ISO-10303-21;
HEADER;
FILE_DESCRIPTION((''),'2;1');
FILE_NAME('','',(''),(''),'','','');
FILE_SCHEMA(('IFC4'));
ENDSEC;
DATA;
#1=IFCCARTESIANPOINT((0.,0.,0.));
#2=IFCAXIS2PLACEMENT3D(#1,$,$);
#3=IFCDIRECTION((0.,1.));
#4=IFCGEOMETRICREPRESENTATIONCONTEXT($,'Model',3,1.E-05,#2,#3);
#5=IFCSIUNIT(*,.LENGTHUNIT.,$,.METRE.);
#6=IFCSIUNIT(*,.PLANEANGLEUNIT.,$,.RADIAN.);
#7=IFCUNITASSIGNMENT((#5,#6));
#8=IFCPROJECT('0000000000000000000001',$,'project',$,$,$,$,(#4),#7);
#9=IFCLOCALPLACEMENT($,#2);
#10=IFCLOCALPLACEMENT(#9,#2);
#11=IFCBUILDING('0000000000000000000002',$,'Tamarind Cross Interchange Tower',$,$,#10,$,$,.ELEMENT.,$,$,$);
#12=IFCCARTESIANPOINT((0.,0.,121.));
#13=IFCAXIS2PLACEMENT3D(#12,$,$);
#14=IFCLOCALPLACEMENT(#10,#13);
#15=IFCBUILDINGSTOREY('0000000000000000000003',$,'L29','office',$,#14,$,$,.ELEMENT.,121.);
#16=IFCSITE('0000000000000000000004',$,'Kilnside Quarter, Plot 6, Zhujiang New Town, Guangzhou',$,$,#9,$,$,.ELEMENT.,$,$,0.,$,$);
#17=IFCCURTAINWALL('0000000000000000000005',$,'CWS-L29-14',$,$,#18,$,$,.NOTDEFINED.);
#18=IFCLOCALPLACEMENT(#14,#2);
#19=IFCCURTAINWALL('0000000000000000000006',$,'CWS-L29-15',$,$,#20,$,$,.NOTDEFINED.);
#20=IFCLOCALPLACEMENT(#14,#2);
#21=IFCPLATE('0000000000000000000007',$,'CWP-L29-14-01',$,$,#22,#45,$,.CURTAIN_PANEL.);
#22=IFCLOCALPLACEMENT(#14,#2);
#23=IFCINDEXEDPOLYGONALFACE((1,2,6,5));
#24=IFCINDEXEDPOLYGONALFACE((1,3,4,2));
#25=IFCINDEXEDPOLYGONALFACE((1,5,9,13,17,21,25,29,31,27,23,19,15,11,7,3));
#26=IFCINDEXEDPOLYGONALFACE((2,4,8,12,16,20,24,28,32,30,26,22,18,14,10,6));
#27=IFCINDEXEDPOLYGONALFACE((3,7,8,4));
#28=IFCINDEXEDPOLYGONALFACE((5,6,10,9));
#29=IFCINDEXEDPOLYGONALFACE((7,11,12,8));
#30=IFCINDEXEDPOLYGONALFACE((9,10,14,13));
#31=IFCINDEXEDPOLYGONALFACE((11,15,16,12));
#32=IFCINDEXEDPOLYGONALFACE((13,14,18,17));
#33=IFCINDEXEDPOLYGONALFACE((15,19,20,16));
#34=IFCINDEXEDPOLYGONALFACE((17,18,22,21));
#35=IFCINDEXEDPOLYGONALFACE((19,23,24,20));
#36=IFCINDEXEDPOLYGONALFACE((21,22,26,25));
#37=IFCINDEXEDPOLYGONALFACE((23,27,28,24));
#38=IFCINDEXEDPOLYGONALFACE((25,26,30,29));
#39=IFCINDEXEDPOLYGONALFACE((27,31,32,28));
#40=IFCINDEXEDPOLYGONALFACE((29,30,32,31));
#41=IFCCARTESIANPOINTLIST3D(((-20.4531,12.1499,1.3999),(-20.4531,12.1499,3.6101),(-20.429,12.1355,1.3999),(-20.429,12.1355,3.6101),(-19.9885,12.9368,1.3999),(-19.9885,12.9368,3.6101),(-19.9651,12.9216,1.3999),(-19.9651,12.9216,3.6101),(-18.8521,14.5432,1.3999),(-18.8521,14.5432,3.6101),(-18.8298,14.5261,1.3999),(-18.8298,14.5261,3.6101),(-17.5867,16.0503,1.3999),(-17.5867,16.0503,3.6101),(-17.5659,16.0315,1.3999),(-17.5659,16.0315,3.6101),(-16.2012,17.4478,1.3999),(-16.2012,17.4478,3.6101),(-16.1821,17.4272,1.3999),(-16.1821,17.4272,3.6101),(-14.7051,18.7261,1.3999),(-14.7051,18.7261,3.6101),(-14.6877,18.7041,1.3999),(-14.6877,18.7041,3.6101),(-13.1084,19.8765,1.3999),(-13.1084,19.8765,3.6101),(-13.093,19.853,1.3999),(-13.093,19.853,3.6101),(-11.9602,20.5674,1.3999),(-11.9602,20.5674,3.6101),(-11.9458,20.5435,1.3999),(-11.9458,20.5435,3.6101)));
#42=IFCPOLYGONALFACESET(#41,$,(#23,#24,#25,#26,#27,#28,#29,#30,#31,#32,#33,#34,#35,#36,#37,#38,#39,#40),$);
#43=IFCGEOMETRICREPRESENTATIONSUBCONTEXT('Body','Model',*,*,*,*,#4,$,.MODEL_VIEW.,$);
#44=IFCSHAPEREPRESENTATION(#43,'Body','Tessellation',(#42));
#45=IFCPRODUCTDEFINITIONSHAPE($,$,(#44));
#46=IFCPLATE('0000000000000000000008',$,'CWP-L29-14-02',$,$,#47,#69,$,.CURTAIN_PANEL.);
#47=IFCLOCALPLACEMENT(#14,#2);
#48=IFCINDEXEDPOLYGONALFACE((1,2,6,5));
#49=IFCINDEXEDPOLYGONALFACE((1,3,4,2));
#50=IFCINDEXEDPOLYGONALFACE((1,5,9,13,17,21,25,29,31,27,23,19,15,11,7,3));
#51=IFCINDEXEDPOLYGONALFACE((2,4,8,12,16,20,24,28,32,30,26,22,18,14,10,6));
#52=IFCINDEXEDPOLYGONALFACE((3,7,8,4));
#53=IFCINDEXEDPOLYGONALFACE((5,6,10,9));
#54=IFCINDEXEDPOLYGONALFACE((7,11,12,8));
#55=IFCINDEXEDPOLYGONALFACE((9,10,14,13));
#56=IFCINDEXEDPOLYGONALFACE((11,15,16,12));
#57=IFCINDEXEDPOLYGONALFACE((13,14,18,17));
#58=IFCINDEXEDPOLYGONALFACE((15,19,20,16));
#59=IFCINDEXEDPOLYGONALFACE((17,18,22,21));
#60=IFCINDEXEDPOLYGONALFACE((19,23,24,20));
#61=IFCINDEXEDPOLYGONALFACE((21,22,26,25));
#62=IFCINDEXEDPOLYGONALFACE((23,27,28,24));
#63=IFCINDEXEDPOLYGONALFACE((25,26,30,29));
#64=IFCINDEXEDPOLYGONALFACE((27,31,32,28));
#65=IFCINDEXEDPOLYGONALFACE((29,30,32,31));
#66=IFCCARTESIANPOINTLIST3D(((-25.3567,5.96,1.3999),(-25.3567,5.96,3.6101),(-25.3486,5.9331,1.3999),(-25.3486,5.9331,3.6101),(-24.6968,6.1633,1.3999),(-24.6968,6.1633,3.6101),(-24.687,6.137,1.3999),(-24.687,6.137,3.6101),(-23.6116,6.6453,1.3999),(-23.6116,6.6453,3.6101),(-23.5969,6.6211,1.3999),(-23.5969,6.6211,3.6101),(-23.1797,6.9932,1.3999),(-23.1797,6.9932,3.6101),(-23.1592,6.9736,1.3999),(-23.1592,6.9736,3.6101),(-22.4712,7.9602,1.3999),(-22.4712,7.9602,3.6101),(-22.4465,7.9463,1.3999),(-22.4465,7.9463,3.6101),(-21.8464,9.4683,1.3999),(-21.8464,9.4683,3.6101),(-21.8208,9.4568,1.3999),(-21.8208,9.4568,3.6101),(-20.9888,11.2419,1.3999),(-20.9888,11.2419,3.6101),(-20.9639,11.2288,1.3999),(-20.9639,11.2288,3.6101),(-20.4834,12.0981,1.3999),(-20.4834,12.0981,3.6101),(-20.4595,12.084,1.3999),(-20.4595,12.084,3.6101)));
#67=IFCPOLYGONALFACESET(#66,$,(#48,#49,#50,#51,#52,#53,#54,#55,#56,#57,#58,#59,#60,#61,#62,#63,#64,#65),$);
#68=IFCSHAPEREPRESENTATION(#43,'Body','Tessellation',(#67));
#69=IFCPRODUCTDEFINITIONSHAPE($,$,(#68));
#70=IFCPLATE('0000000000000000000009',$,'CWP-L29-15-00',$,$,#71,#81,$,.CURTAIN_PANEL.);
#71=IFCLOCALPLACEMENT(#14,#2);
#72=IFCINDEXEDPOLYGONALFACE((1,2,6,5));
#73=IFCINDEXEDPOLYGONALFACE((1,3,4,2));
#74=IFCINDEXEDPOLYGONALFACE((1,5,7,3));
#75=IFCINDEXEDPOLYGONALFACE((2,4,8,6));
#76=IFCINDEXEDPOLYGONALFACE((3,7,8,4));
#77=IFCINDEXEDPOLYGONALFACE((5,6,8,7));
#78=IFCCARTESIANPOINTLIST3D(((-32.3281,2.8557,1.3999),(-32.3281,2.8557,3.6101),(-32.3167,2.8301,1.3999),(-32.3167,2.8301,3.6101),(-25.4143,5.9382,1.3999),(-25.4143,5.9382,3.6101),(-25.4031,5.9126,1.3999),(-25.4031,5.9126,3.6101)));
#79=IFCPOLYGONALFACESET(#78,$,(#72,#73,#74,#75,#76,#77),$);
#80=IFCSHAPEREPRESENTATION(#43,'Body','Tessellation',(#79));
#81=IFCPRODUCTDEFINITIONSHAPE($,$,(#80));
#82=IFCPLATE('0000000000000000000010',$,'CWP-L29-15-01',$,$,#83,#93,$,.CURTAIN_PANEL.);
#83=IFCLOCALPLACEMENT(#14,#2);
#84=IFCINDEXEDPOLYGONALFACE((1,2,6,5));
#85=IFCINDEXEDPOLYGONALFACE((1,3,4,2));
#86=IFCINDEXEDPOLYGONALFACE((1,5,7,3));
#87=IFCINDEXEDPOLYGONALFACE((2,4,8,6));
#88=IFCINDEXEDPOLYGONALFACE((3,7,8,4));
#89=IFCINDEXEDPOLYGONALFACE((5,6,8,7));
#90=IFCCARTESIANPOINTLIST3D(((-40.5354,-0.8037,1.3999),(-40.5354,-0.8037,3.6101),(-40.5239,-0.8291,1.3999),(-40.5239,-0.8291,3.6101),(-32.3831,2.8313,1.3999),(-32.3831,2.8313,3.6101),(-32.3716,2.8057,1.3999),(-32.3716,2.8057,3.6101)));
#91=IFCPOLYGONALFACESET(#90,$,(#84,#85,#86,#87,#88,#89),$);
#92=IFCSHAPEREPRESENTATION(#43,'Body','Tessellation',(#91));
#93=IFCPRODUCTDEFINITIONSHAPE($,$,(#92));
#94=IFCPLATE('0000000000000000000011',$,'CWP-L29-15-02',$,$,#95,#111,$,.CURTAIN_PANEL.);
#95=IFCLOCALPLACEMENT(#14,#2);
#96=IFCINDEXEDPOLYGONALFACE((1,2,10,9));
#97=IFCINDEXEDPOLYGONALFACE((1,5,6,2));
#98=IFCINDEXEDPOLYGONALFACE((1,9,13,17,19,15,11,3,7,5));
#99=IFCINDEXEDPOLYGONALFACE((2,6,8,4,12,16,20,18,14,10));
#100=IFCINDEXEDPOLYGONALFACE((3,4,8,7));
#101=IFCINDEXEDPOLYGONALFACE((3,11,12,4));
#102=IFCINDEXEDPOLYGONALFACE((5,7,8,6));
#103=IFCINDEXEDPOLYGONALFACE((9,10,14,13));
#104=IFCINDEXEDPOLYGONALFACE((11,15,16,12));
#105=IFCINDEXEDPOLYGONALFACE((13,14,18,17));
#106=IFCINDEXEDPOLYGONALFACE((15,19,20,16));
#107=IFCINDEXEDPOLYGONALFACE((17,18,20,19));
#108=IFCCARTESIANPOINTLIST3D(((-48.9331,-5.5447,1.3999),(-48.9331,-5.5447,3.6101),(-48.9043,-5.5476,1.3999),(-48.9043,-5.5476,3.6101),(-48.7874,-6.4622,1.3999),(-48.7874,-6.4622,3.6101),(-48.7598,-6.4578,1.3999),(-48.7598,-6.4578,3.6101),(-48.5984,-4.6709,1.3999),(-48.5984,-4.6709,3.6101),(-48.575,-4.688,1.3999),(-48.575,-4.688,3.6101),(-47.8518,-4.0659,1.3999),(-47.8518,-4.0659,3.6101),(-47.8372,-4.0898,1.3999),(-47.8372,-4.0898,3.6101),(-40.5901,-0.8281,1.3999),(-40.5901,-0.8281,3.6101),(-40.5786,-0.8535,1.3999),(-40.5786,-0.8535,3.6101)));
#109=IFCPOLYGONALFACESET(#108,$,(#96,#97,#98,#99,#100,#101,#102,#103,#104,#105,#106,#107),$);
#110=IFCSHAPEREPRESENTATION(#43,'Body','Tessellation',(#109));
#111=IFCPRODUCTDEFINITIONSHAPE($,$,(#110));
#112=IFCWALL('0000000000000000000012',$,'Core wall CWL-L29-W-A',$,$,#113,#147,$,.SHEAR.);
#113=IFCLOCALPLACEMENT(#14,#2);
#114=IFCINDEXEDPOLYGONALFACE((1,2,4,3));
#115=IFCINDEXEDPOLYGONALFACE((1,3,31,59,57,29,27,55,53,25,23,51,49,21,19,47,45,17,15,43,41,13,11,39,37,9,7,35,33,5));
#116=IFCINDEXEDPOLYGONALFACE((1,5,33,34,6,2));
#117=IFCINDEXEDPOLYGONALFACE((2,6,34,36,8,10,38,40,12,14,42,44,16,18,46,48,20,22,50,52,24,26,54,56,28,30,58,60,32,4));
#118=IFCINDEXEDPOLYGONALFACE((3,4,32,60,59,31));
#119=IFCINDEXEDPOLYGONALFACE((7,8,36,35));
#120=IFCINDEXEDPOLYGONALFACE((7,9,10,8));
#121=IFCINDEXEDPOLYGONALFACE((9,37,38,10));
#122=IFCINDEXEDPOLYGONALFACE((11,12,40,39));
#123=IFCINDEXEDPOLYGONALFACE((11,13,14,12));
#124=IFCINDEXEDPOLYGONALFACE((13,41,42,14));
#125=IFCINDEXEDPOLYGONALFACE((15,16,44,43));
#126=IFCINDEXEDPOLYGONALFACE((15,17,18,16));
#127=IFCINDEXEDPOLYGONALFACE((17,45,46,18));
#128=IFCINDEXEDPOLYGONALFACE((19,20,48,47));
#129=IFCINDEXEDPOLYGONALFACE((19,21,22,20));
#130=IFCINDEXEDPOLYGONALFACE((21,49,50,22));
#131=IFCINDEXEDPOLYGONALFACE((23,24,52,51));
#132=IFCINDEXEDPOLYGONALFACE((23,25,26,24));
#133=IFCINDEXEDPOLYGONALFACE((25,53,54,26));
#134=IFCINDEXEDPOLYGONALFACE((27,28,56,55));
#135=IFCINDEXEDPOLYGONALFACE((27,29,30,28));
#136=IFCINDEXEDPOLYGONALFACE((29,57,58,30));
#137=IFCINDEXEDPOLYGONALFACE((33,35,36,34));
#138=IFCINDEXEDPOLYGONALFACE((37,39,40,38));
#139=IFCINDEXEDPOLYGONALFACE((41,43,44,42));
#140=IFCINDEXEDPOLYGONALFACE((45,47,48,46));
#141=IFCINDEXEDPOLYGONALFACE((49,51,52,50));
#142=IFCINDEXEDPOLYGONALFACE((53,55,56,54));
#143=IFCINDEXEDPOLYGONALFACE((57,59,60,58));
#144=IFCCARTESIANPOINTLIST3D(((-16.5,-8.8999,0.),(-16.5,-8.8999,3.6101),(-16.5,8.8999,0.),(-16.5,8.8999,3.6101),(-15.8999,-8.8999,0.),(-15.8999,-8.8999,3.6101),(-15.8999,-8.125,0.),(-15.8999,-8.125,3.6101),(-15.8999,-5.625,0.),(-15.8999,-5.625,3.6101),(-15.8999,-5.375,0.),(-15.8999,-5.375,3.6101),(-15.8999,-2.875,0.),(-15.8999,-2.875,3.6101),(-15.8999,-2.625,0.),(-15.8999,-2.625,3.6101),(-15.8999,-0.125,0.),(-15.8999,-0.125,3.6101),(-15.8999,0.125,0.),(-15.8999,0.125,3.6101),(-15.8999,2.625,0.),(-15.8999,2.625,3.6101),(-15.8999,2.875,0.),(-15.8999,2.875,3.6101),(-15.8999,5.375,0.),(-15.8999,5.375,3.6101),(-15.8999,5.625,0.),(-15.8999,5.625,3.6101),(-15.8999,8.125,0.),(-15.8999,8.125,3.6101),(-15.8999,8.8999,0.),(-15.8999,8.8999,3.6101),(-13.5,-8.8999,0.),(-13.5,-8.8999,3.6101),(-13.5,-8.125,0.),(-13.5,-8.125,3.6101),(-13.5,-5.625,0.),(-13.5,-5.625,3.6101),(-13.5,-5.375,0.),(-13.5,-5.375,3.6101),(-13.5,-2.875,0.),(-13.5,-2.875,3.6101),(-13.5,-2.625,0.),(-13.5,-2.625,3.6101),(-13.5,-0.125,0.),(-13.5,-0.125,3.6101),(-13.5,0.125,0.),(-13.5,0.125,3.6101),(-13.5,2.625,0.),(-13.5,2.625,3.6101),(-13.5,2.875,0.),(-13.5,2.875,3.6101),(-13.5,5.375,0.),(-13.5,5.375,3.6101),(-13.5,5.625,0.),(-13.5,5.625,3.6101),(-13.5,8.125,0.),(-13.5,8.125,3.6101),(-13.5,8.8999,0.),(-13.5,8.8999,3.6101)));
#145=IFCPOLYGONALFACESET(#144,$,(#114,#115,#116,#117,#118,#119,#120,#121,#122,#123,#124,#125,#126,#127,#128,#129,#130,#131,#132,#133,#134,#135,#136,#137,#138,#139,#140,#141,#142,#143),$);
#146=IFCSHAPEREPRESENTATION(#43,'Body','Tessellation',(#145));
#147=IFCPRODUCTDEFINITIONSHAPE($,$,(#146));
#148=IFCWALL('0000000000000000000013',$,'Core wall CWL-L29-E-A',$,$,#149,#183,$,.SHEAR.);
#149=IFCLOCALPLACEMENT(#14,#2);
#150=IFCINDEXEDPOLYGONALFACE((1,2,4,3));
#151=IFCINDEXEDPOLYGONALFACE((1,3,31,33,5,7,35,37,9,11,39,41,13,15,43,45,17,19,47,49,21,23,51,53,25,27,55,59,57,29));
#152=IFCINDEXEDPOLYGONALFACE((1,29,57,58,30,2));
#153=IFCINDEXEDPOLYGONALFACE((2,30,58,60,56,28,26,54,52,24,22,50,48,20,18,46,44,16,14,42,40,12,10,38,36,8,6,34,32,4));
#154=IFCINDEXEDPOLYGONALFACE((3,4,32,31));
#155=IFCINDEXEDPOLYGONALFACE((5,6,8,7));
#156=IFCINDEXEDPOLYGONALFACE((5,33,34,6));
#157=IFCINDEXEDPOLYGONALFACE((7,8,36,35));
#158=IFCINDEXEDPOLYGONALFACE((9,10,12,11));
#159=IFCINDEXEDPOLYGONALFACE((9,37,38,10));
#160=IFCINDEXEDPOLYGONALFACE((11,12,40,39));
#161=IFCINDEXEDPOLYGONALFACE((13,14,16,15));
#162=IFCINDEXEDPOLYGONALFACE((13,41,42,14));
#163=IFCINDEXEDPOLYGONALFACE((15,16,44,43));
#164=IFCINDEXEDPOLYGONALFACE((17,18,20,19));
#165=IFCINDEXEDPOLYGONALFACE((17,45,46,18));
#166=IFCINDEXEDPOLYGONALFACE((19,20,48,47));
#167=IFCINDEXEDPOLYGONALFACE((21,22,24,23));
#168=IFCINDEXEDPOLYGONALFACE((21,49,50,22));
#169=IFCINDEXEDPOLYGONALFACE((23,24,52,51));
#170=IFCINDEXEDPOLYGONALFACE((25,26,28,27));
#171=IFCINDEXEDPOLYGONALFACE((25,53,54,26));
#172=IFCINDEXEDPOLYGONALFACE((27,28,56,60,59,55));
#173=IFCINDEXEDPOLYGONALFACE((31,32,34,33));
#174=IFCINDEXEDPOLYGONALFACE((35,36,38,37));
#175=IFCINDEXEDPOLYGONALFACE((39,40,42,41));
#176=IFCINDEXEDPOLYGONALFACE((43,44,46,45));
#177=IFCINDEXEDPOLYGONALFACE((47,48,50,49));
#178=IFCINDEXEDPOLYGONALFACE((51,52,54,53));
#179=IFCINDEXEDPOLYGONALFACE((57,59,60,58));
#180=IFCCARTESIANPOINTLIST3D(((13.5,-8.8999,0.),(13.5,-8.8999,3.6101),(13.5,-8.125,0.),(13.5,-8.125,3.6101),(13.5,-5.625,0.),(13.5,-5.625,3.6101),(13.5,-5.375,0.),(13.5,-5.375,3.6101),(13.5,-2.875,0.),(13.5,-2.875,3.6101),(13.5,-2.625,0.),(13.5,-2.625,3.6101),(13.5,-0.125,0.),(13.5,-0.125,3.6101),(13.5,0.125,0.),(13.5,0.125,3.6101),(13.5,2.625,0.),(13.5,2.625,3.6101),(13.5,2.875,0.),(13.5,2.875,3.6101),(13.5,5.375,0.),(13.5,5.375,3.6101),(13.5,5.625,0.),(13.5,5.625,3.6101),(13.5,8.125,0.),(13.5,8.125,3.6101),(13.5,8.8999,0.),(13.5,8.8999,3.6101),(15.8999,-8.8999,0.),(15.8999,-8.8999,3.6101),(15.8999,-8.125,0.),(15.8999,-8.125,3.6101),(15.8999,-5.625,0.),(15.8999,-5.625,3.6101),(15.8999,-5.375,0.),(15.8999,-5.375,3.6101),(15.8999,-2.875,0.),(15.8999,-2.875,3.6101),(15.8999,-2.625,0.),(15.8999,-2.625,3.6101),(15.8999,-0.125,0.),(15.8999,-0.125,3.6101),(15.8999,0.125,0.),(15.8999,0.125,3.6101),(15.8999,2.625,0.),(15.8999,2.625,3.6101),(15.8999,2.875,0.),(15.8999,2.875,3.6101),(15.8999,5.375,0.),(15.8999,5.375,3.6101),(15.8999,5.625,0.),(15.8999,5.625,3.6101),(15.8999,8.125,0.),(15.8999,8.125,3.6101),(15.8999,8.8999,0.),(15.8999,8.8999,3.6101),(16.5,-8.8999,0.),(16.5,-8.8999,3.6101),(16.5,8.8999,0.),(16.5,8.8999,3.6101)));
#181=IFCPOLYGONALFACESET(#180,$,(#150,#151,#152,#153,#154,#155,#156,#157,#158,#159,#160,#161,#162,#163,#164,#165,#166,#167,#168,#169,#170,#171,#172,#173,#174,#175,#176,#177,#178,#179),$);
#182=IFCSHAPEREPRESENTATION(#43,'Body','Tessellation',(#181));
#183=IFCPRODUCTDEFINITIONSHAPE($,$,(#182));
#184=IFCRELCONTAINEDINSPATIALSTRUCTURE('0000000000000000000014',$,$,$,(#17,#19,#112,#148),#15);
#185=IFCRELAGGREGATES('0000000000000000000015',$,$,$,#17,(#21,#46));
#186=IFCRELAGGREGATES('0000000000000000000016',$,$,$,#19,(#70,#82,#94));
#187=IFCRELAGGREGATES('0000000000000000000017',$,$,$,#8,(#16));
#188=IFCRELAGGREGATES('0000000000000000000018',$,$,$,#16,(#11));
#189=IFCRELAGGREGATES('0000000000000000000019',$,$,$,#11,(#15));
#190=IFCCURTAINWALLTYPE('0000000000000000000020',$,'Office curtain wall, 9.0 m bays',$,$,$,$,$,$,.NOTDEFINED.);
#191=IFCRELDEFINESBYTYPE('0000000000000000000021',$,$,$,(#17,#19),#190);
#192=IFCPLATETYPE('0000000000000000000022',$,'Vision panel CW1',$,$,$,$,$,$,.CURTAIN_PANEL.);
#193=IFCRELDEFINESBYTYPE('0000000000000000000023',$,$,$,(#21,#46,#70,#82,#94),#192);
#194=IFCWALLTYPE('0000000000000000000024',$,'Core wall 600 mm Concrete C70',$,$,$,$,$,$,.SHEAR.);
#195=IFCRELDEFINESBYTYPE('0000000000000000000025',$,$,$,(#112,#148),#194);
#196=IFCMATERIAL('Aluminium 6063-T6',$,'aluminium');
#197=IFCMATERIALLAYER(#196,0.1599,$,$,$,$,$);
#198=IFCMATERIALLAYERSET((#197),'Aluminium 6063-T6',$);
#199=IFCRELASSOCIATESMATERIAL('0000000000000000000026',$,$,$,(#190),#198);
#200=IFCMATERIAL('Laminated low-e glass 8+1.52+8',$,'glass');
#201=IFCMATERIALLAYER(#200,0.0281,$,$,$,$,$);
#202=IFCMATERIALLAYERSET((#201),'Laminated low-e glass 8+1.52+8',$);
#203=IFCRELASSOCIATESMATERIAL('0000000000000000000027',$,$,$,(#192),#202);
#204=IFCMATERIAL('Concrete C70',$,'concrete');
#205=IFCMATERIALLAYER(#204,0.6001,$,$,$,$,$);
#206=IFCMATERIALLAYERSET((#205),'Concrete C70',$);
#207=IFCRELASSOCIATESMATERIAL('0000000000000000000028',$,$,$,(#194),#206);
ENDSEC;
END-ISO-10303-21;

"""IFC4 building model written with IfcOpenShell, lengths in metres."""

from ifc_helpers import new_model, si_unit, direction, frame, origin, place, context, subcontext, project, spatial, polyline, outline, extrude, material, layer, layer_set, type_object, element, aggregate, save


model = new_model("IFC4")

# Units and contexts
model_context = context("Model", 3, precision=1e-05, world=origin(), true_north=direction((0.0, 1.0)))
body_context = subcontext(model_context, "Body", "Model", "MODEL_VIEW")
ifc_project = project(units=[si_unit("LENGTHUNIT", "METRE"), si_unit("PLANEANGLEUNIT", "RADIAN")], contexts=[model_context])

# Site, building, storey
site_placement = place(None, origin())
site = spatial("IfcSite", under=ifc_project, at=site_placement, Name="Kilnside Quarter, Plot 6, Zhujiang New Town, Guangzhou", CompositionType="ELEMENT", RefElevation=0.0)
building_placement = place(site_placement, origin())
building = spatial("IfcBuilding", under=site, at=building_placement, Name="Tamarind Cross Interchange Tower", CompositionType="ELEMENT")
storey_placement = place(building_placement, frame((0.0, 0.0, 121.0)))
storey = spatial("IfcBuildingStorey", under=building, at=storey_placement, Name="L29", Description="office", CompositionType="ELEMENT", Elevation=121.0)

# Curtain walls
ifc_material_1 = material(Name="Aluminium 6063-T6", Category="aluminium")
ifc_layer_1 = layer(ifc_material_1, 0.1599)
ifc_layer_set_1 = layer_set([ifc_layer_1], Name="Aluminium 6063-T6")
curtain_wall_type = type_object("IfcCurtainWallType", Name="Office curtain wall, 9.0 m bays", PredefinedType="NOTDEFINED", material=ifc_layer_set_1)
curtain_wall_1_placement = place(storey_placement, origin())
curtain_wall_1 = element("IfcCurtainWall", 1, at=curtain_wall_1_placement, inside=storey, type_object=curtain_wall_type, Name="CWS-L29-14", PredefinedType="NOTDEFINED")
curtain_wall_2_placement = place(storey_placement, origin())
curtain_wall_2 = element("IfcCurtainWall", 2, at=curtain_wall_2_placement, inside=storey, type_object=curtain_wall_type, Name="CWS-L29-15", PredefinedType="NOTDEFINED")

# Plates
ifc_material_2 = material(Name="Laminated low-e glass 8+1.52+8", Category="glass")
ifc_layer_2 = layer(ifc_material_2, 0.0281)
ifc_layer_set_2 = layer_set([ifc_layer_2], Name="Laminated low-e glass 8+1.52+8")
plate_type = type_object("IfcPlateType", Name="Vision panel CW1", PredefinedType="CURTAIN_PANEL", material=ifc_layer_set_2)
plate_1_placement = place(storey_placement, frame((0.0, 0.0, 1.3999)))
plate_1 = element("IfcPlate", 3, at=plate_1_placement, type_object=plate_type, Name="CWP-L29-14-01", PredefinedType="CURTAIN_PANEL", context=body_context, shape_type="SweptSolid", body=[
    extrude(outline(polyline([(-11.9458, 20.5435), (-13.093, 19.853), (-14.6877, 18.7041), (-16.1821, 17.4272), (-17.5659, 16.0315), (-18.8298, 14.5261), (-19.9651, 12.9216), (-20.429, 12.1355), (-20.4531, 12.1499), (-19.9885, 12.9368), (-18.8521, 14.5432), (-17.5867, 16.0503), (-16.2012, 17.4478), (-14.7051, 18.7261), (-13.1084, 19.8765), (-11.9602, 20.5674), (-11.9458, 20.5435)])), origin(), (0.0, 0.0, 1.0), 2.2102),
])
plate_2_placement = place(storey_placement, frame((0.0, 0.0, 1.3999)))
plate_2 = element("IfcPlate", 4, at=plate_2_placement, type_object=plate_type, Name="CWP-L29-14-02", PredefinedType="CURTAIN_PANEL", context=body_context, shape_type="SweptSolid", body=[
    extrude(outline(polyline([(-20.4595, 12.084), (-20.9639, 11.2288), (-21.8208, 9.4568), (-22.4465, 7.9463), (-23.1592, 6.9736), (-23.5969, 6.6211), (-24.687, 6.137), (-25.3486, 5.9331), (-25.3567, 5.96), (-24.6968, 6.1633), (-23.6116, 6.6453), (-23.1797, 6.9932), (-22.4712, 7.9602), (-21.8464, 9.4683), (-20.9888, 11.2419), (-20.4834, 12.0981), (-20.4595, 12.084)])), origin(), (0.0, 0.0, 1.0), 2.2102),
])
aggregate(curtain_wall_1, [plate_1, plate_2])
plate_3_placement = place(storey_placement, frame((0.0, 0.0, 1.3999)))
plate_3 = element("IfcPlate", 5, at=plate_3_placement, type_object=plate_type, Name="CWP-L29-15-00", PredefinedType="CURTAIN_PANEL", context=body_context, shape_type="SweptSolid", body=[
    extrude(outline(polyline([(-25.4031, 5.9126), (-32.3167, 2.8301), (-32.3281, 2.8557), (-25.4143, 5.9382), (-25.4031, 5.9126)])), origin(), (0.0, 0.0, 1.0), 2.2102),
])
plate_4_placement = place(storey_placement, frame((0.0, 0.0, 1.3999)))
plate_4 = element("IfcPlate", 6, at=plate_4_placement, type_object=plate_type, Name="CWP-L29-15-01", PredefinedType="CURTAIN_PANEL", context=body_context, shape_type="SweptSolid", body=[
    extrude(outline(polyline([(-32.3716, 2.8057), (-40.5239, -0.8291), (-40.5354, -0.8037), (-32.3831, 2.8313), (-32.3716, 2.8057)])), origin(), (0.0, 0.0, 1.0), 2.2102),
])
plate_5_placement = place(storey_placement, frame((0.0, 0.0, 1.3999)))
plate_5 = element("IfcPlate", 7, at=plate_5_placement, type_object=plate_type, Name="CWP-L29-15-02", PredefinedType="CURTAIN_PANEL", context=body_context, shape_type="SweptSolid", body=[
    extrude(outline(polyline([(-40.5786, -0.8535), (-47.8372, -4.0898), (-48.575, -4.688), (-48.9043, -5.5476), (-48.7598, -6.4578), (-48.7874, -6.4622), (-48.9331, -5.5447), (-48.5984, -4.6709), (-47.8518, -4.0659), (-40.5901, -0.8281), (-40.5786, -0.8535)])), origin(), (0.0, 0.0, 1.0), 2.2102),
])
aggregate(curtain_wall_2, [plate_3, plate_4, plate_5])

# Walls
ifc_material_3 = material(Name="Concrete C70", Category="concrete")
ifc_layer_3 = layer(ifc_material_3, 0.6001)
ifc_layer_set_3 = layer_set([ifc_layer_3], Name="Concrete C70")
wall_type_1 = type_object("IfcWallType", Name="Core wall 600 mm Concrete C70", PredefinedType="SHEAR", material=ifc_layer_set_3)
wall_1_placement = place(storey_placement, origin())
element("IfcWall", 8, at=wall_1_placement, inside=storey, type_object=wall_type_1, Name="Core wall CWL-L29-W-A", PredefinedType="SHEAR", context=body_context, shape_type="SweptSolid", body=[
    extrude(outline(polyline([(-13.5, -8.8999), (-13.5, -8.125), (-15.8999, -8.125), (-15.8999, -5.625), (-13.5, -5.625), (-13.5, -5.375), (-15.8999, -5.375), (-15.8999, -2.875), (-13.5, -2.875), (-13.5, -2.625), (-15.8999, -2.625), (-15.8999, -0.125), (-13.5, -0.125), (-13.5, 0.125), (-15.8999, 0.125), (-15.8999, 2.625), (-13.5, 2.625), (-13.5, 2.875), (-15.8999, 2.875), (-15.8999, 5.375), (-13.5, 5.375), (-13.5, 5.625), (-15.8999, 5.625), (-15.8999, 8.125), (-13.5, 8.125), (-13.5, 8.8999), (-15.8999, 8.8999), (-16.5, 8.8999), (-16.5, -8.8999), (-15.8999, -8.8999), (-13.5, -8.8999)])), origin(), (0.0, 0.0, 1.0), 3.6101),
])
wall_2_placement = place(storey_placement, origin())
element("IfcWall", 9, at=wall_2_placement, inside=storey, type_object=wall_type_1, Name="Core wall CWL-L29-E-A", PredefinedType="SHEAR", context=body_context, shape_type="SweptSolid", body=[
    extrude(outline(polyline([(13.5, -8.8999), (15.8999, -8.8999), (16.5, -8.8999), (16.5, 8.8999), (15.8999, 8.8999), (13.5, 8.8999), (13.5, 8.125), (15.8999, 8.125), (15.8999, 5.625), (13.5, 5.625), (13.5, 5.375), (15.8999, 5.375), (15.8999, 2.875), (13.5, 2.875), (13.5, 2.625), (15.8999, 2.625), (15.8999, 0.125), (13.5, 0.125), (13.5, -0.125), (15.8999, -0.125), (15.8999, -2.625), (13.5, -2.625), (13.5, -2.875), (15.8999, -2.875), (15.8999, -5.375), (13.5, -5.375), (13.5, -5.625), (15.8999, -5.625), (15.8999, -8.125), (13.5, -8.125), (13.5, -8.8999)])), origin(), (0.0, 0.0, 1.0), 3.6101),
])

save(model, "model.ifc")
